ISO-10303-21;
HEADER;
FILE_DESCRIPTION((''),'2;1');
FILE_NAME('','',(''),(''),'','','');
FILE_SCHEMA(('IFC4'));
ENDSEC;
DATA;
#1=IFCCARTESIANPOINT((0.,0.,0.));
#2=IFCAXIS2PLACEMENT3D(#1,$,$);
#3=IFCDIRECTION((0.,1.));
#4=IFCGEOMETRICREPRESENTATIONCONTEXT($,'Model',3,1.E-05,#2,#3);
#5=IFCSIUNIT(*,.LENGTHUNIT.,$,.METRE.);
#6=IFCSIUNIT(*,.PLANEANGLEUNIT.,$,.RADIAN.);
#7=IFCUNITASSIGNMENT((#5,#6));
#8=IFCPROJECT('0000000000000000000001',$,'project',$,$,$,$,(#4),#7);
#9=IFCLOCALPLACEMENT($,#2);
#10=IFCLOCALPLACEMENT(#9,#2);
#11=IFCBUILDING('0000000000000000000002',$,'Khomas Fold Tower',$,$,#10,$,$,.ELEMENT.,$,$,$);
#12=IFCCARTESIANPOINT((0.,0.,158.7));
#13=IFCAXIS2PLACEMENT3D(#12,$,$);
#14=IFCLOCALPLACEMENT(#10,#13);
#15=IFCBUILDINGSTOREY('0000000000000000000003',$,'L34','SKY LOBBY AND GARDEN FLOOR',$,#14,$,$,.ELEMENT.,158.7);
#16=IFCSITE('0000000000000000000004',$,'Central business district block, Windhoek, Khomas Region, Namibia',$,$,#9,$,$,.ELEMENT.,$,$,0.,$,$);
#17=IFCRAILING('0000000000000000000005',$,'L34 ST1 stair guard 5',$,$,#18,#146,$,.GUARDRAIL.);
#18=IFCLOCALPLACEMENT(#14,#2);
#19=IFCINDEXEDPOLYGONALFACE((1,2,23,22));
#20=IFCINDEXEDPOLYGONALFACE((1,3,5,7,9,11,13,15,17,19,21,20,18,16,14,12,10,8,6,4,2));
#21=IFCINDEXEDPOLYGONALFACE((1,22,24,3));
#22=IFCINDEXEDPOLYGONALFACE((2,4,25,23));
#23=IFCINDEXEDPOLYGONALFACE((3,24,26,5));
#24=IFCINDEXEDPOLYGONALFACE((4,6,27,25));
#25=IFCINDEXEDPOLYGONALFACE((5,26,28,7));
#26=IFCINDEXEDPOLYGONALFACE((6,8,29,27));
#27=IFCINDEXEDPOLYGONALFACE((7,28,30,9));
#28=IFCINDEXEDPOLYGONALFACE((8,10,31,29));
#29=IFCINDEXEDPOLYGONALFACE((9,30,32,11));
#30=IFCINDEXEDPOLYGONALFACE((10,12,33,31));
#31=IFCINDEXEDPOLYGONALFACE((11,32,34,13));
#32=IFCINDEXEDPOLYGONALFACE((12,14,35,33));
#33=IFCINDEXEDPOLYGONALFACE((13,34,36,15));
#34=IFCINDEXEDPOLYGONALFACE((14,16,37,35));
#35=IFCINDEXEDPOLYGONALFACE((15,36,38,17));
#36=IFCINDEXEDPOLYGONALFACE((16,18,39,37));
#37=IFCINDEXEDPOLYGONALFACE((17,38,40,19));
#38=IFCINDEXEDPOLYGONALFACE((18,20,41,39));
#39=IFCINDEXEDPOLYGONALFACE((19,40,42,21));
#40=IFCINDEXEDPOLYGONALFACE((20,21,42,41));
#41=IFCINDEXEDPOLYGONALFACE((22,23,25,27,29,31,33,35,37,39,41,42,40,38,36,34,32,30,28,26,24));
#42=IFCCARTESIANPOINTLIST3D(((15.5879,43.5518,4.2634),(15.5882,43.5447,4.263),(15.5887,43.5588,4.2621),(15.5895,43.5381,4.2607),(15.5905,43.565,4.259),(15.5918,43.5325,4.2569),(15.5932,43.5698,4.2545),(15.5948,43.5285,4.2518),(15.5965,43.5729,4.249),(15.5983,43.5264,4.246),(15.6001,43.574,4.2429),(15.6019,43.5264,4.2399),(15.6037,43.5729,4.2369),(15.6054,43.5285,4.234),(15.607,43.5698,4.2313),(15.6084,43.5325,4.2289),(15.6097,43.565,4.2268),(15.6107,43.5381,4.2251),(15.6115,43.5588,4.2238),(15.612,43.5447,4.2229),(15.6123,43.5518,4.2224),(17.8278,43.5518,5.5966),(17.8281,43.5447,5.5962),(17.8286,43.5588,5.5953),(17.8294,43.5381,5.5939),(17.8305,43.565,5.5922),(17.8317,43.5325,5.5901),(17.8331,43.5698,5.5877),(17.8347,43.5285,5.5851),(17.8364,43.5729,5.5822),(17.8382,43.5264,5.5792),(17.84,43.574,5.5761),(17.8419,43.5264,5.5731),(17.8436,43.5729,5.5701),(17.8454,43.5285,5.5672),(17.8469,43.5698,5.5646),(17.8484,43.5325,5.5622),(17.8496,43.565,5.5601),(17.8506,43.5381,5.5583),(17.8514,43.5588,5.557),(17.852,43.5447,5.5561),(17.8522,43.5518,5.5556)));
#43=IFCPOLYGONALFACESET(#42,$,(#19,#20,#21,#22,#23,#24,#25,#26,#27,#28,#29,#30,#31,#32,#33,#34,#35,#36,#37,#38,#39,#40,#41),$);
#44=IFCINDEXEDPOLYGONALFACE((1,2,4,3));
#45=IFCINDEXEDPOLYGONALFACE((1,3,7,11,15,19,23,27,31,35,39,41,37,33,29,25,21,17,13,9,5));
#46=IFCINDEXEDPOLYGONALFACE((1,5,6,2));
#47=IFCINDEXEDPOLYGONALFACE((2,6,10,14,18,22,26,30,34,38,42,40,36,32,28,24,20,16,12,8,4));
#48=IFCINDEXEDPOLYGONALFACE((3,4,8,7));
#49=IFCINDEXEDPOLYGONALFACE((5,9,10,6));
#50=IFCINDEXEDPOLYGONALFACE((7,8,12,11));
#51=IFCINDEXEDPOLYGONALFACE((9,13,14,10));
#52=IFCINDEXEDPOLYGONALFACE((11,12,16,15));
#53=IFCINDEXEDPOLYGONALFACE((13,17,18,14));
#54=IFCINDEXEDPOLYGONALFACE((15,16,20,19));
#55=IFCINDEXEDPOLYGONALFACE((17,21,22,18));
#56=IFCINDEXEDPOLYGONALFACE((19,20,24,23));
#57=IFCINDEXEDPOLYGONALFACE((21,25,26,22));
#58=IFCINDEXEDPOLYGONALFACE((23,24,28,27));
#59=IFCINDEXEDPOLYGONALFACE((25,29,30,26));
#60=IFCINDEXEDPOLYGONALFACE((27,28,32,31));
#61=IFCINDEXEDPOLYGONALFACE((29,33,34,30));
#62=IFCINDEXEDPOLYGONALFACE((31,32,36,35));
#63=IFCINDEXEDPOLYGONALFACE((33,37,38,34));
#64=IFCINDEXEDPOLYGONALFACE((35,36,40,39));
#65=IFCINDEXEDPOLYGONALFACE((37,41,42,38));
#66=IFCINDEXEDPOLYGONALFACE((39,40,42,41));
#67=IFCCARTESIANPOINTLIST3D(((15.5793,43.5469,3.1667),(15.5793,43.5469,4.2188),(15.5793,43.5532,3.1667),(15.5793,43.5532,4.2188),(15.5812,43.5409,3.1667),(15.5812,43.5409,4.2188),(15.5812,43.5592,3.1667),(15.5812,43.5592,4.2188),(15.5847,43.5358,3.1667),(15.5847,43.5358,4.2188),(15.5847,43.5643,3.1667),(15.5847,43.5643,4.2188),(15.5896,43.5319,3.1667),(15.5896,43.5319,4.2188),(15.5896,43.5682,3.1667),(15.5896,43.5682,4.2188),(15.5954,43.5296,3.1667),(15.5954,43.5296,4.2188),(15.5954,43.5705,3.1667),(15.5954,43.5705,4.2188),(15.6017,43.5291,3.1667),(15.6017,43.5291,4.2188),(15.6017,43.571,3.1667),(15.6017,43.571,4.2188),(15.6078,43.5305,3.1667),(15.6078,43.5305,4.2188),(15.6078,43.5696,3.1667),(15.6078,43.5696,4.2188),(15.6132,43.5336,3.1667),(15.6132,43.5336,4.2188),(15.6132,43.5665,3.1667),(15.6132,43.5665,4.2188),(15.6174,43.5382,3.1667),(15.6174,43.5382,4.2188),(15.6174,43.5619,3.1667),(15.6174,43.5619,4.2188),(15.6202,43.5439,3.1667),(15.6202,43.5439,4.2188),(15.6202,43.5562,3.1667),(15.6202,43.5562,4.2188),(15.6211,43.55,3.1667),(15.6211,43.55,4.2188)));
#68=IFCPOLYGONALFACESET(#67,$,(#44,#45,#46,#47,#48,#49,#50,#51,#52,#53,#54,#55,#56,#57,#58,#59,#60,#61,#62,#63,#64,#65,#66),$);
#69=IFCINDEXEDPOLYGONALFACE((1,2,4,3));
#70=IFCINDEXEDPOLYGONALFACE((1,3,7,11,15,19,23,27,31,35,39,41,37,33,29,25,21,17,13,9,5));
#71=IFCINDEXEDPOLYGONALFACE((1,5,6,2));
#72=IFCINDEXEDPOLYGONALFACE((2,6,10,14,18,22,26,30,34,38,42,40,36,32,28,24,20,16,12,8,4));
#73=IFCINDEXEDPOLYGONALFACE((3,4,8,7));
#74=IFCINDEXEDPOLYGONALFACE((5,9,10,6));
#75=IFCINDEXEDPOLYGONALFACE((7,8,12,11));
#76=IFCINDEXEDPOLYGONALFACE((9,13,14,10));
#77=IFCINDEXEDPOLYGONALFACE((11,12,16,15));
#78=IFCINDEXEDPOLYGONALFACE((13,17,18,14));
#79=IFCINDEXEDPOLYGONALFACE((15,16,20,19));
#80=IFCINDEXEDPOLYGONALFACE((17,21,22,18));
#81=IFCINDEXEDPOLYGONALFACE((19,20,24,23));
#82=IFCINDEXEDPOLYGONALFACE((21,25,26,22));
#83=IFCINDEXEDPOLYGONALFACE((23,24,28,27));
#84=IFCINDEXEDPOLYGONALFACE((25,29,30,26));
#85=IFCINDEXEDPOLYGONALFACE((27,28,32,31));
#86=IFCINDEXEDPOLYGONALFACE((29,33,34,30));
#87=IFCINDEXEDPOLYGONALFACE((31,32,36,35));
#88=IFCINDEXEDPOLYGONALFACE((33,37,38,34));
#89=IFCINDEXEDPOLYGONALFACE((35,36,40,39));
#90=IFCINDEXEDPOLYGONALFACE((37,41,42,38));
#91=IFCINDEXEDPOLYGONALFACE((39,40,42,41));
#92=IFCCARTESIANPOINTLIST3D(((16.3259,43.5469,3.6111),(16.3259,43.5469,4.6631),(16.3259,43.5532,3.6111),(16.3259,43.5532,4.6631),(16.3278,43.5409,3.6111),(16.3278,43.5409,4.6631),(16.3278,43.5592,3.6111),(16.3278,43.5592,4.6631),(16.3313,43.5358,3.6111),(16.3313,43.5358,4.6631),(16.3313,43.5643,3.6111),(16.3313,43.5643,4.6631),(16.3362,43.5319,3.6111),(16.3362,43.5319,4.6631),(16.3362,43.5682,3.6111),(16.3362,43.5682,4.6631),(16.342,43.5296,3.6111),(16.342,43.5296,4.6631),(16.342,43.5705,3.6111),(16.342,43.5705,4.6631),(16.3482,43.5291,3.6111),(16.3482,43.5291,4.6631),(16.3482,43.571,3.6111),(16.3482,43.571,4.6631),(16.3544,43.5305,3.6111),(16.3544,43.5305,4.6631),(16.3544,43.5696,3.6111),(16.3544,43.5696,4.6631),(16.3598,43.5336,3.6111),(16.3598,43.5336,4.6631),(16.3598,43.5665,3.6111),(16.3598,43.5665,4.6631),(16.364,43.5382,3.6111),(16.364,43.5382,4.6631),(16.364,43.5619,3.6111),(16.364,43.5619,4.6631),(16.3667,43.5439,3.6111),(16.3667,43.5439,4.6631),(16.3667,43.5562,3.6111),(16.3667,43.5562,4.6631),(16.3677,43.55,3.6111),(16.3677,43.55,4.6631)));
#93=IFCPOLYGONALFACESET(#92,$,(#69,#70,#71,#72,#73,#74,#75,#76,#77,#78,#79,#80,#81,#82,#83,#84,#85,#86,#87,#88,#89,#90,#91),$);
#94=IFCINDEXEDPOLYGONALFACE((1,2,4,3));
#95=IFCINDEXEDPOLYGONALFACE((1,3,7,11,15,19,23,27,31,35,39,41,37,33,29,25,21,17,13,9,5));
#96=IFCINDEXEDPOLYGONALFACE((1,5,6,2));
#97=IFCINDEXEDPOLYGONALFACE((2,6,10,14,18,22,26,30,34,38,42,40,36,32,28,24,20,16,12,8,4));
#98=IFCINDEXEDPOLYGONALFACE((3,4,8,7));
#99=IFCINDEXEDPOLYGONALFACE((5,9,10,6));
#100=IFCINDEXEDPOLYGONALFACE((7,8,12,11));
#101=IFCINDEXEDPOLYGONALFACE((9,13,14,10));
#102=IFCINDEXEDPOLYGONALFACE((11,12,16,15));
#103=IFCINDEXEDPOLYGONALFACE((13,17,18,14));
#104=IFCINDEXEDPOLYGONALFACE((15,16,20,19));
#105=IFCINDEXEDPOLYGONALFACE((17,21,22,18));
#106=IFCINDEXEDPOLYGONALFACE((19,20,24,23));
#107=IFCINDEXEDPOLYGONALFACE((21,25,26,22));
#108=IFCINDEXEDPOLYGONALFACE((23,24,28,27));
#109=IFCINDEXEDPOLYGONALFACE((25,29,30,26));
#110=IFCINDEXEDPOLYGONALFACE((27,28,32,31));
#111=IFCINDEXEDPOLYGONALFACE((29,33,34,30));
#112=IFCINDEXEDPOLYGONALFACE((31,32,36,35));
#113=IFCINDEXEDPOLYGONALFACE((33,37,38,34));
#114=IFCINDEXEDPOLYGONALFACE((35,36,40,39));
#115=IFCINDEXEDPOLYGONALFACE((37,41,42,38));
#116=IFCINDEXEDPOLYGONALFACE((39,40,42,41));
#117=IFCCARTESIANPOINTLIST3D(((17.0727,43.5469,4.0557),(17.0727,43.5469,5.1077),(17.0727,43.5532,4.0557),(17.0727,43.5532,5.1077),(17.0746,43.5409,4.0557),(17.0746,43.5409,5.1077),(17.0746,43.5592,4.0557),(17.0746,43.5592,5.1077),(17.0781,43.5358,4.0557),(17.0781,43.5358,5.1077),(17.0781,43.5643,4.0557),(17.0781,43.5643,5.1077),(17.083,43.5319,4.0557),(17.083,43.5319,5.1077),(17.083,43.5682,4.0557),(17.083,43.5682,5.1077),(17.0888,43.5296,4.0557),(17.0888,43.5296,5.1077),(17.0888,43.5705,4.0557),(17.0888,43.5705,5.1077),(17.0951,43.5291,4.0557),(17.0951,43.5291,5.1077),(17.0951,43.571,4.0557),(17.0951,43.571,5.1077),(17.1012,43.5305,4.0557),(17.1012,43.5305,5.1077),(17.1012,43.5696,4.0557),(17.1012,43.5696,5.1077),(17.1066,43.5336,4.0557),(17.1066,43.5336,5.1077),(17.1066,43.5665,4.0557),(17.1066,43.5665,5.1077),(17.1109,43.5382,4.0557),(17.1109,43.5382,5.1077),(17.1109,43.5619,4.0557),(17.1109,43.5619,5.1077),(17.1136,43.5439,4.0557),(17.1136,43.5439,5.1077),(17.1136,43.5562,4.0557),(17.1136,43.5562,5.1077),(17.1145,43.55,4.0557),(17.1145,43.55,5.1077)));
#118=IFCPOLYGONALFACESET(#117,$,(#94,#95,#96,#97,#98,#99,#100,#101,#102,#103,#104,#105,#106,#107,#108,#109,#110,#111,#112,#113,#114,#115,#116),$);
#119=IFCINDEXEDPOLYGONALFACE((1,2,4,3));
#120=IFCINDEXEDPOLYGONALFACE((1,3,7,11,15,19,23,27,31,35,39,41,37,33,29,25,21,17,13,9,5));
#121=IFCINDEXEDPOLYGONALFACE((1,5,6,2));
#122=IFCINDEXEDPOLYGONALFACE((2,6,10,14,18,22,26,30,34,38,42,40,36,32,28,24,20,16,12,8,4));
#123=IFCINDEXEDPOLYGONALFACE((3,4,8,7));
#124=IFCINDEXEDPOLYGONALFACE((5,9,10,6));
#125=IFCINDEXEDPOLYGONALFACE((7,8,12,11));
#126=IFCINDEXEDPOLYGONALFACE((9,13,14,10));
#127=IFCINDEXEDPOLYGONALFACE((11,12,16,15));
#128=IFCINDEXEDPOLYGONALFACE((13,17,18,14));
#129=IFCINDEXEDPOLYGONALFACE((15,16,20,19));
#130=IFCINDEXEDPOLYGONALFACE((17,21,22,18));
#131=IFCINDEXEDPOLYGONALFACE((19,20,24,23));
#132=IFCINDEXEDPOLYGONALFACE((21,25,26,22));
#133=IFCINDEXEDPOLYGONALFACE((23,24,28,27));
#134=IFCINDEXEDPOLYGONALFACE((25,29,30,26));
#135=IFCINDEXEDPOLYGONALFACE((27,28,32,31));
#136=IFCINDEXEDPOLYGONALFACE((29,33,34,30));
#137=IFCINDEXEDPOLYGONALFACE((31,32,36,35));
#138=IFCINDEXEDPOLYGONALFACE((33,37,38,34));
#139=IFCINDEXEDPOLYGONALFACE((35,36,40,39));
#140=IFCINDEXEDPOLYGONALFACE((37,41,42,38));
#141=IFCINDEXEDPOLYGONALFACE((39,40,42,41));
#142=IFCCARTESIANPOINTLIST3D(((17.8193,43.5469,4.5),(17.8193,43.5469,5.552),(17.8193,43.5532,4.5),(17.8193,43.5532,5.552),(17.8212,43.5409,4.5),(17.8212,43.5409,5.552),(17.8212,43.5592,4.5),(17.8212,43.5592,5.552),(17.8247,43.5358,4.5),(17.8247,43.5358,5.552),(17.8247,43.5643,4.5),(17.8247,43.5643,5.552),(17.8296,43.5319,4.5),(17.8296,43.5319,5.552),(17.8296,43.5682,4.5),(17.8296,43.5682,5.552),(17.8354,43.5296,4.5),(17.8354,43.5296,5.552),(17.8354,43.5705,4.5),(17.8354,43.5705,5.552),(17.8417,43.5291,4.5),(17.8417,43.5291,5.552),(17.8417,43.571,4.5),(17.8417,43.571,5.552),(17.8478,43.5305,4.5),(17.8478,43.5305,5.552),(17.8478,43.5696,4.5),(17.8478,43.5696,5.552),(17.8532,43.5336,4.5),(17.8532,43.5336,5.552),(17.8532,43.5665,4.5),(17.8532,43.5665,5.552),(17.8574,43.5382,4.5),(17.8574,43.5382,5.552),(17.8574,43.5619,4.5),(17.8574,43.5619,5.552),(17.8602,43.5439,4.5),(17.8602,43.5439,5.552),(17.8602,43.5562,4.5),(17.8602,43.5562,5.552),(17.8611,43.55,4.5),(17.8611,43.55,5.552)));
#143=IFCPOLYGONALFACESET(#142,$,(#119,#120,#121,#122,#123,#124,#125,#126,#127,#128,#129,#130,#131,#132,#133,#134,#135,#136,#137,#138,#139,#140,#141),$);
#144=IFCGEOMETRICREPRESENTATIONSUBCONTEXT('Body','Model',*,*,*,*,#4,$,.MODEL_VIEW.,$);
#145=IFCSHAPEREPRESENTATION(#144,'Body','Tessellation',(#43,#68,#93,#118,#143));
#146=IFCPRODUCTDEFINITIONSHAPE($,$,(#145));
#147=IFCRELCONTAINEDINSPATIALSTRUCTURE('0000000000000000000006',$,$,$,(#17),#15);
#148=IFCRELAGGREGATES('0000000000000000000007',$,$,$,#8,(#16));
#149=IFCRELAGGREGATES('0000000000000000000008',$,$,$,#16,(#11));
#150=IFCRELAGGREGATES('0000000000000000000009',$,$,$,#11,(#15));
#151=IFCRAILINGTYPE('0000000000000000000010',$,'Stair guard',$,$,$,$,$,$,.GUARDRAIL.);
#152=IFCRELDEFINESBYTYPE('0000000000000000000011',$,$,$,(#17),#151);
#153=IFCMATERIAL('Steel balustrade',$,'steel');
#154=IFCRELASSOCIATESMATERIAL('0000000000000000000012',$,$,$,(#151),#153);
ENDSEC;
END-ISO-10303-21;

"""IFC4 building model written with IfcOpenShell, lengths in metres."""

from ifc_helpers import new_model, si_unit, direction, frame, origin, origin_2d, place, context, subcontext, project, spatial, circle, extrude, source, transform, mapped, material, type_object, element, save


model = new_model("IFC4")

# Units and contexts
model_context = context("Model", 3, precision=1e-05, world=origin(), true_north=direction((0.0, 1.0)))
body_context = subcontext(model_context, "Body", "Model", "MODEL_VIEW")
ifc_project = project(units=[si_unit("LENGTHUNIT", "METRE"), si_unit("PLANEANGLEUNIT", "RADIAN")], contexts=[model_context])

# Site, building, storey
site_placement = place(None, origin())
site = spatial("IfcSite", under=ifc_project, at=site_placement, Name="Central business district block, Windhoek, Khomas Region, Namibia", CompositionType="ELEMENT", RefElevation=0.0)
building_placement = place(site_placement, origin())
building = spatial("IfcBuilding", under=site, at=building_placement, Name="Khomas Fold Tower", CompositionType="ELEMENT")
storey_placement = place(building_placement, frame((0.0, 0.0, 158.7)))
storey = spatial("IfcBuildingStorey", under=building, at=storey_placement, Name="L34", Description="SKY LOBBY AND GARDEN FLOOR", CompositionType="ELEMENT", Elevation=158.7)

# Railing
ifc_material_1 = material(Name="Steel balustrade", Category="steel")
railing_type_1 = type_object("IfcRailingType", Name="Stair guard", PredefinedType="GUARDRAIL", material=ifc_material_1)
shared_shape_1 = source(origin(), body_context, "Body", "SweptSolid", [
    extrude(circle(Radius=0.0239, at=origin_2d()), frame((0.0, 0.0, 1.0762), z_axis=(0.859306, 0.0, 0.511462), x_axis=(0.0, 1.0, 0.0)), (0.0, 0.0, 1.0), 2.6067),
    extrude(circle(Radius=0.021, at=origin_2d()), origin(), (0.0, 0.0, 1.0), 1.052),
    extrude(circle(Radius=0.021, at=origin_2d()), frame((0.7466, 0.0, 0.4443)), (0.0, 0.0, 1.0), 1.052),
    extrude(circle(Radius=0.021, at=origin_2d()), frame((1.4934, 0.0, 0.8889)), (0.0, 0.0, 1.0), 1.052),
    extrude(circle(Radius=0.021, at=origin_2d()), frame((2.24, 0.0, 1.3333)), (0.0, 0.0, 1.0), 1.052),
])
for number, where, name in (
    (1, (15.6001, 43.55, 3.1667), "L34 ST1 stair guard 5"),
):
    element("IfcRailing", number, at=place(storey_placement, frame(where)), inside=storey, type_object=railing_type_1, Name=name, PredefinedType="GUARDRAIL", context=body_context, shape_type="MappedRepresentation", body=[
        mapped(shared_shape_1, transform((0.0, 0.0, 0.0))),
    ])

save(model, "model.ifc")
